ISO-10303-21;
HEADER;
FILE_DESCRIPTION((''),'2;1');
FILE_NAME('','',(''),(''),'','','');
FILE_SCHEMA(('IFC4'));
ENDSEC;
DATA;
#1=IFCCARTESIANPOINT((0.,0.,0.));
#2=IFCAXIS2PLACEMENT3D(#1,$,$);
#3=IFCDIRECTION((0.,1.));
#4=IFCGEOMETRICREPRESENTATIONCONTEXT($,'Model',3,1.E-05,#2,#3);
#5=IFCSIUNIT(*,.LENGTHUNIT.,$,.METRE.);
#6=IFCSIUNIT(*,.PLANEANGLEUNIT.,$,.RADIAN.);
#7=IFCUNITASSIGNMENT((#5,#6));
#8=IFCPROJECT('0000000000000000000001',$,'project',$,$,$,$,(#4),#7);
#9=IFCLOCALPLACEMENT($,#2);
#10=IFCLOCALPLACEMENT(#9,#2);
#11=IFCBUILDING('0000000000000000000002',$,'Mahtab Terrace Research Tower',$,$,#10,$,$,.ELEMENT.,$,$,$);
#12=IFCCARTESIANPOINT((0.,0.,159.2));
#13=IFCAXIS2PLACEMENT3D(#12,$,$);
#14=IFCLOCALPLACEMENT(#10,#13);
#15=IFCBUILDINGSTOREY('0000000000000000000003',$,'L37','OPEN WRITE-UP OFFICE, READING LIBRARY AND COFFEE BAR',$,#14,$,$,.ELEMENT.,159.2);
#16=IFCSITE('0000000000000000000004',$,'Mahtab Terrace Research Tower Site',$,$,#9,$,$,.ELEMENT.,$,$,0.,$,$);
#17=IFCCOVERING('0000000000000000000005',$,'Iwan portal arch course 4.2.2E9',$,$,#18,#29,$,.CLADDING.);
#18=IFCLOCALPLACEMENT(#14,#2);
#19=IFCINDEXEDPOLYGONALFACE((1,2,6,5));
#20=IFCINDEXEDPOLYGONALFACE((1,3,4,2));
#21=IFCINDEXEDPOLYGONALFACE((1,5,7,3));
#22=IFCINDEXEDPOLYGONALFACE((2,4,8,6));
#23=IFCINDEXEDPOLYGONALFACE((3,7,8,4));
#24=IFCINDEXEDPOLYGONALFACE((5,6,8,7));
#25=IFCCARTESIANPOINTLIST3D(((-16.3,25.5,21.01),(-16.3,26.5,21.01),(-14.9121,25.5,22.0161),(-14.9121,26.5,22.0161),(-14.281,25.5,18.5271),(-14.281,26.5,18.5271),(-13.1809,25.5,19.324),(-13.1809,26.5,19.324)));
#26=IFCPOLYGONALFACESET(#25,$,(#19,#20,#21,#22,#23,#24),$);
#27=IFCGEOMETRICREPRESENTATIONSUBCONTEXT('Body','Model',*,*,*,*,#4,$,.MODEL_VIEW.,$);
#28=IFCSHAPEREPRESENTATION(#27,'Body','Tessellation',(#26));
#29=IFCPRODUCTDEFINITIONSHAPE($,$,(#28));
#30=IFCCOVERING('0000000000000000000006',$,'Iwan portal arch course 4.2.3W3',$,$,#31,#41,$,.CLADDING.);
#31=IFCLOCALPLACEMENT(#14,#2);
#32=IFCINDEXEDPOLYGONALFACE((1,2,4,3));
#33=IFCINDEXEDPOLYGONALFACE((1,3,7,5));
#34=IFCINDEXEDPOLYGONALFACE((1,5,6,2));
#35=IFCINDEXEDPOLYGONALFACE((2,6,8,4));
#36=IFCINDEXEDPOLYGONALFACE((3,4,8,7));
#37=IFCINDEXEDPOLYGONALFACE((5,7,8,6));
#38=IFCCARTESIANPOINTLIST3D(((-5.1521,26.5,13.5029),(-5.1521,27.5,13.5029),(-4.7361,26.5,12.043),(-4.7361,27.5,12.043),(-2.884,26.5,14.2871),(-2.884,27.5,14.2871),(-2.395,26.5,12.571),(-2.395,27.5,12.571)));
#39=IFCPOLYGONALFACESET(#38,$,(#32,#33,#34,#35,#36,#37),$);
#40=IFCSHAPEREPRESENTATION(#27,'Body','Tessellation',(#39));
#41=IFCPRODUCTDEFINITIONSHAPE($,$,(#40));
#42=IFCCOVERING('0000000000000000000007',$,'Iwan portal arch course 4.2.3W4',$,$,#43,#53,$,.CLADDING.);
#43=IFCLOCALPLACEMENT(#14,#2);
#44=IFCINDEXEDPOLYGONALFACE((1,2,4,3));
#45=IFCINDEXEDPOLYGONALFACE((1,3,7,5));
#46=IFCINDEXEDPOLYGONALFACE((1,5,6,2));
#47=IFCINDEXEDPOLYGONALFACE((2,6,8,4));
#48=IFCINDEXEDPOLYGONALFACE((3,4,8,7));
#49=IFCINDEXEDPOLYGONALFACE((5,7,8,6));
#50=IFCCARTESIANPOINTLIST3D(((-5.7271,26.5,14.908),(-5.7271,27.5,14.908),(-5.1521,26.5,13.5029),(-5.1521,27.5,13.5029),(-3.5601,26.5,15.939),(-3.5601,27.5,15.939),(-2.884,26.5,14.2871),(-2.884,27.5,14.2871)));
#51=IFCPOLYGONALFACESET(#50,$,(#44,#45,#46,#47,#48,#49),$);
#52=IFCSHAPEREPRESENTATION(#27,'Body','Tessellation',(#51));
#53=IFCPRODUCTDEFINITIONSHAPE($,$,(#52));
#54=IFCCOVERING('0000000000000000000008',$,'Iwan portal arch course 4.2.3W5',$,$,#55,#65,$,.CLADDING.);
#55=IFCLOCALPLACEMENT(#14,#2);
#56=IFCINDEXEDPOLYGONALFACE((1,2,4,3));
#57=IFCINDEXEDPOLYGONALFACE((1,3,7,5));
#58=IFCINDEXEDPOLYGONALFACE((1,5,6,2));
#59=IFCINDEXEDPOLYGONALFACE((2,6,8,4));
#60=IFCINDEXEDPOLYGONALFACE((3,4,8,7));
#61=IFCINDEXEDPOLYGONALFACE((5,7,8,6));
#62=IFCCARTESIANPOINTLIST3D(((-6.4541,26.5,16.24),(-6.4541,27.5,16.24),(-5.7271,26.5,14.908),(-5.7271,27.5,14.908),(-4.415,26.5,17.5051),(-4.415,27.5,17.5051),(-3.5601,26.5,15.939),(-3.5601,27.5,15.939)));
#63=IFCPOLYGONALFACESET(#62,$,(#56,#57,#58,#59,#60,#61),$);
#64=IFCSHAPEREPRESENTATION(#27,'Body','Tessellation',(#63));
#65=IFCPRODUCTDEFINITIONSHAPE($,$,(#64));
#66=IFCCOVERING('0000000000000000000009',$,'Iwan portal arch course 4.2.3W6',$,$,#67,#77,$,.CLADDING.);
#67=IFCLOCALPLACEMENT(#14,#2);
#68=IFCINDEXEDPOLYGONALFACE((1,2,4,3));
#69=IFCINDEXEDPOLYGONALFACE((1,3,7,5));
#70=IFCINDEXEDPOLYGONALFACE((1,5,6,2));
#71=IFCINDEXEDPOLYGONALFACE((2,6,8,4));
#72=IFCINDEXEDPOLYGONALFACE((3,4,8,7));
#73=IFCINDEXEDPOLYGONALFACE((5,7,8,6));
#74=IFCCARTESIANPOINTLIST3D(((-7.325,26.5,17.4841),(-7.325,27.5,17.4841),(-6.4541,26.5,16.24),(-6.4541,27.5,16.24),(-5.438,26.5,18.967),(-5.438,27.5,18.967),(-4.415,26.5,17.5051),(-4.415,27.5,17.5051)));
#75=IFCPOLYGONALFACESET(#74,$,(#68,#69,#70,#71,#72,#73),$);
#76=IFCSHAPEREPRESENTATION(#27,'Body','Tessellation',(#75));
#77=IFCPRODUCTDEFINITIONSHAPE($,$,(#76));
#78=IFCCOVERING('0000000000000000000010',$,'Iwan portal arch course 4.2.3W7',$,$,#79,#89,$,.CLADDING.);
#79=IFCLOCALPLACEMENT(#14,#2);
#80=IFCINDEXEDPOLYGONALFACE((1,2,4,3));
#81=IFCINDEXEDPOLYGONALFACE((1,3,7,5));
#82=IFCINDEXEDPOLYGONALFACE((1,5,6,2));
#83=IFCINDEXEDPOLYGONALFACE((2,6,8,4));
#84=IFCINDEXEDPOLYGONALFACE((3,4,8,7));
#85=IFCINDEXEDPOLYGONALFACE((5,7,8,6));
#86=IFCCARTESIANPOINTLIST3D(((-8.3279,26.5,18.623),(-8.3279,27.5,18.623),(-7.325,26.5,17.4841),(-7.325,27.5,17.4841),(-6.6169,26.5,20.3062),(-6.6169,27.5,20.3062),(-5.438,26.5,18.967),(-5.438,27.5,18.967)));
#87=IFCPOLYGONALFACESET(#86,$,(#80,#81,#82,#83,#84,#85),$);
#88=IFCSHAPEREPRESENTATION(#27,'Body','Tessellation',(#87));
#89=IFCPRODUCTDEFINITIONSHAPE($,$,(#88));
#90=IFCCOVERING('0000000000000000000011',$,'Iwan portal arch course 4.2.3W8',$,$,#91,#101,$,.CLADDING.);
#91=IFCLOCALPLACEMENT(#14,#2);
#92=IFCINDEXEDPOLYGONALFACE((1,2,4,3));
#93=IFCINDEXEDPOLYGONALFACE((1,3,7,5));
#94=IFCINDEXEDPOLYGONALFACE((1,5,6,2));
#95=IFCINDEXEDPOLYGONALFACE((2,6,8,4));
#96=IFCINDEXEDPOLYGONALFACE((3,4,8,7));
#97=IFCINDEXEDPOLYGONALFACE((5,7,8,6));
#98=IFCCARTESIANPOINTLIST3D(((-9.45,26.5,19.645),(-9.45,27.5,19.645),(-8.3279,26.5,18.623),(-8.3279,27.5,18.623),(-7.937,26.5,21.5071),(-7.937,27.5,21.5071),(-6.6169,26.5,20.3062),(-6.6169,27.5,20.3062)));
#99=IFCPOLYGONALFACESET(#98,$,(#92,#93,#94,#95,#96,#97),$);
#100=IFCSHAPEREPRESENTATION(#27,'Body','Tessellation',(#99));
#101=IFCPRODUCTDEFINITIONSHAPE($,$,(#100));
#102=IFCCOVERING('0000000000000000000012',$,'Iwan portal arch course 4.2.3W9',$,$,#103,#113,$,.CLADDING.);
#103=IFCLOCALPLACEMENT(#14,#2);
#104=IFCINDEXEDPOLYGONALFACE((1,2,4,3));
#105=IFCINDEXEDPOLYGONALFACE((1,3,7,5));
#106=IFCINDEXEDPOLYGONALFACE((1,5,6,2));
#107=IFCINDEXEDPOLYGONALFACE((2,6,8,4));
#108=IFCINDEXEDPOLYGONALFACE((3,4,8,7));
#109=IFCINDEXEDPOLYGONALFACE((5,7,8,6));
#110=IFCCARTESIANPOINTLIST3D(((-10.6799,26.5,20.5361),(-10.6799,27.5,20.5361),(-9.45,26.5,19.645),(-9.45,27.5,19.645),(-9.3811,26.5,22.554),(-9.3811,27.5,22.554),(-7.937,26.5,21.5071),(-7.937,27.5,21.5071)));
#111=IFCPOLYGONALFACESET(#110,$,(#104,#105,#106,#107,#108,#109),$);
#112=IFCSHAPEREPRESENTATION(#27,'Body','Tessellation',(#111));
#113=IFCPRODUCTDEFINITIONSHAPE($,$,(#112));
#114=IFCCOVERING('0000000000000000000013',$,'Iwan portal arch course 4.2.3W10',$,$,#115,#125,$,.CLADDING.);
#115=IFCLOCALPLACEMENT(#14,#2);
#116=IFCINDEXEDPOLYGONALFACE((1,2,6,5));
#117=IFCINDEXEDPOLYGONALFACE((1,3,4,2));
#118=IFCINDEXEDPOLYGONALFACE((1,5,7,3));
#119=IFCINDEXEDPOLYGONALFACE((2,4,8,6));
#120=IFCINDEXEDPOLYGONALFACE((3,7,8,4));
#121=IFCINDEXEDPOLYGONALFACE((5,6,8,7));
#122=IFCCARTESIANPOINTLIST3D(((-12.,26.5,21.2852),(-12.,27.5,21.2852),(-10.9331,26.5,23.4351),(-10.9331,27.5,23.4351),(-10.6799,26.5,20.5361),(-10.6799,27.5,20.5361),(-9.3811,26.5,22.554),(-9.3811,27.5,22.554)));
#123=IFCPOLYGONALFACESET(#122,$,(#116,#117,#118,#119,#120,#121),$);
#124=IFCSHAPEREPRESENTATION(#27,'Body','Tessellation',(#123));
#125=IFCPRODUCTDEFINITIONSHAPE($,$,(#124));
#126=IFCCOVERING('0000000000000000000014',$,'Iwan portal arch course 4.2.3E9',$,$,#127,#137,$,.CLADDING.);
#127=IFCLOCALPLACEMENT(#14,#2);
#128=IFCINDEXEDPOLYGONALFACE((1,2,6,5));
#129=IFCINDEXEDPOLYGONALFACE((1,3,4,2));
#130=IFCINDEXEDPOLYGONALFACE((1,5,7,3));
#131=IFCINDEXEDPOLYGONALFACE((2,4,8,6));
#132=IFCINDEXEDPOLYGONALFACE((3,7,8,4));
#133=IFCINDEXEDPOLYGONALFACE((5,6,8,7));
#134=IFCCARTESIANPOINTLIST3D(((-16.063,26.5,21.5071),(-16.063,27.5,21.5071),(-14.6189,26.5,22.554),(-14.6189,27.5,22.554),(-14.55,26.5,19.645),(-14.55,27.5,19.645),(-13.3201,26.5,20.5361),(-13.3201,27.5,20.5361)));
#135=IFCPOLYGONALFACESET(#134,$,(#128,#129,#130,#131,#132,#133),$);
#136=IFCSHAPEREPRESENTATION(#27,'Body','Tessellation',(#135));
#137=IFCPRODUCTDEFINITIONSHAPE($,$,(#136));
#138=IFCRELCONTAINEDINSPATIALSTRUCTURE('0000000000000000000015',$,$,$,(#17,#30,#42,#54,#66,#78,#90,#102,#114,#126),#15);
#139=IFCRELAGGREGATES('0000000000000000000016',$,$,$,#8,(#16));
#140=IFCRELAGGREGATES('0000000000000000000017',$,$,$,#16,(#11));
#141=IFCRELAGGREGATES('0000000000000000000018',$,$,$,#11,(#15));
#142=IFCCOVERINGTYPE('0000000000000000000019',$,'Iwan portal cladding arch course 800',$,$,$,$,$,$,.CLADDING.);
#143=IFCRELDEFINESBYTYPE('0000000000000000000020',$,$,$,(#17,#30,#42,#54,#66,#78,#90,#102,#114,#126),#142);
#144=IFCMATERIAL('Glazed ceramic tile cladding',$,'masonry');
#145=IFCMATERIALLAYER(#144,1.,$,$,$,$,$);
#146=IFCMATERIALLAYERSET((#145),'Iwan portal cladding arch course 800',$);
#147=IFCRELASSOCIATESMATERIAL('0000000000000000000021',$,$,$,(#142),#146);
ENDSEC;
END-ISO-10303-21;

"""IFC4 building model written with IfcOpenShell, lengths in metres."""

from ifc_helpers import new_model, si_unit, direction, frame, origin, place, context, subcontext, project, spatial, polyline, outline, extrude, material, layer, layer_set, type_object, element, save


model = new_model("IFC4")

# Units and contexts
model_context = context("Model", 3, precision=1e-05, world=origin(), true_north=direction((0.0, 1.0)))
body_context = subcontext(model_context, "Body", "Model", "MODEL_VIEW")
ifc_project = project(units=[si_unit("LENGTHUNIT", "METRE"), si_unit("PLANEANGLEUNIT", "RADIAN")], contexts=[model_context])

# Site, building, storey
site_placement = place(None, origin())
site = spatial("IfcSite", under=ifc_project, at=site_placement, Name="Mahtab Terrace Research Tower Site", CompositionType="ELEMENT", RefElevation=0.0)
building_placement = place(site_placement, origin())
building = spatial("IfcBuilding", under=site, at=building_placement, Name="Mahtab Terrace Research Tower", CompositionType="ELEMENT")
storey_placement = place(building_placement, frame((0.0, 0.0, 159.2)))
storey = spatial("IfcBuildingStorey", under=building, at=storey_placement, Name="L37", Description="OPEN WRITE-UP OFFICE, READING LIBRARY AND COFFEE BAR", CompositionType="ELEMENT", Elevation=159.2)

# Coverings
ifc_material = material(Name="Glazed ceramic tile cladding", Category="masonry")
ifc_layer = layer(ifc_material, 1.0)
ifc_layer_set = layer_set([ifc_layer], Name="Iwan portal cladding arch course 800")
covering_type = type_object("IfcCoveringType", Name="Iwan portal cladding arch course 800", PredefinedType="CLADDING", material=ifc_layer_set)
covering_1_placement = place(storey_placement, frame((-14.281, 25.5, 18.5271), z_axis=(0.0, -1.0, 0.0), x_axis=(0.809854, 0.0, 0.586632)))
element("IfcCovering", 1, at=covering_1_placement, inside=storey, type_object=covering_type, Name="Iwan portal arch course 4.2.2E9", PredefinedType="CLADDING", context=body_context, shape_type="SweptSolid", body=[
    extrude(outline(polyline([(0.0, 0.0), (1.3584, 0.0), (1.5357, 3.1958), (-0.1786, 3.1952), (0.0, 0.0)])), origin(), (0.0, 0.0, -1.0), 1.0),
])
covering_2_placement = place(storey_placement, frame((-2.395, 26.5, 12.571), z_axis=(0.0, -1.0, 0.0), x_axis=(-0.274052, 0.0, 0.961715)))
element("IfcCovering", 2, at=covering_2_placement, inside=storey, type_object=covering_type, Name="Iwan portal arch course 4.2.3W3", PredefinedType="CLADDING", context=body_context, shape_type="SweptSolid", body=[
    extrude(outline(polyline([(0.0, 0.0), (1.7844, 0.0), (1.6518, 2.3961), (0.1337, 2.3962), (0.0, 0.0)])), origin(), (0.0, 0.0, -1.0), 1.0),
])
covering_3_placement = place(storey_placement, frame((-2.884, 26.5, 14.2871), z_axis=(0.0, -1.0, 0.0), x_axis=(-0.378761, 0.0, 0.925495)))
element("IfcCovering", 3, at=covering_3_placement, inside=storey, type_object=covering_type, Name="Iwan portal arch course 4.2.3W4", PredefinedType="CLADDING", context=body_context, shape_type="SweptSolid", body=[
    extrude(outline(polyline([(0.0, 0.0), (1.7848, 0.0), (1.6514, 2.396), (0.1333, 2.3961), (0.0, 0.0)])), origin(), (0.0, 0.0, -1.0), 1.0),
])
covering_4_placement = place(storey_placement, frame((-3.5601, 26.5, 15.939), z_axis=(0.0, -1.0, 0.0), x_axis=(-0.479159, 0.0, 0.877728)))
element("IfcCovering", 4, at=covering_4_placement, inside=storey, type_object=covering_type, Name="Iwan portal arch course 4.2.3W5", PredefinedType="CLADDING", context=body_context, shape_type="SweptSolid", body=[
    extrude(outline(polyline([(0.0, 0.0), (1.7843, 0.0), (1.6509, 2.3959), (0.1334, 2.396), (0.0, 0.0)])), origin(), (0.0, 0.0, -1.0), 1.0),
])
covering_5_placement = place(storey_placement, frame((-4.415, 26.5, 17.5051), z_axis=(0.0, -1.0, 0.0), x_axis=(-0.573315, 0.0, 0.819335)))
element("IfcCovering", 5, at=covering_5_placement, inside=storey, type_object=covering_type, Name="Iwan portal arch course 4.2.3W6", PredefinedType="CLADDING", context=body_context, shape_type="SweptSolid", body=[
    extrude(outline(polyline([(0.0, 0.0), (1.7843, 0.0), (1.6511, 2.3962), (0.1325, 2.396), (0.0, 0.0)])), origin(), (0.0, 0.0, -1.0), 1.0),
])
covering_6_placement = place(storey_placement, frame((-5.438, 26.5, 18.967), z_axis=(0.0, -1.0, 0.0), x_axis=(-0.660798, 0.0, 0.750564)))
element("IfcCovering", 6, at=covering_6_placement, inside=storey, type_object=covering_type, Name="Iwan portal arch course 4.2.3W7", PredefinedType="CLADDING", context=body_context, shape_type="SweptSolid", body=[
    extrude(outline(polyline([(0.0, 0.0), (1.7841, 0.0), (1.6514, 2.3964), (0.1339, 2.3962), (0.0, 0.0)])), origin(), (0.0, 0.0, -1.0), 1.0),
])
covering_7_placement = place(storey_placement, frame((-6.6169, 26.5, 20.3062), z_axis=(0.0, -1.0, 0.0), x_axis=(-0.739699, 0.0, 0.672938)))
element("IfcCovering", 7, at=covering_7_placement, inside=storey, type_object=covering_type, Name="Iwan portal arch course 4.2.3W8", PredefinedType="CLADDING", context=body_context, shape_type="SweptSolid", body=[
    extrude(outline(polyline([(0.0, 0.0), (1.7846, 0.0), (1.6507, 2.3955), (0.133, 2.3963), (0.0, 0.0)])), origin(), (0.0, 0.0, -1.0), 1.0),
])
covering_8_placement = place(storey_placement, frame((-7.937, 26.5, 21.5071), z_axis=(0.0, -1.0, 0.0), x_axis=(-0.809635, 0.0, 0.586934)))
element("IfcCovering", 8, at=covering_8_placement, inside=storey, type_object=covering_type, Name="Iwan portal arch course 4.2.3W9", PredefinedType="CLADDING", context=body_context, shape_type="SweptSolid", body=[
    extrude(outline(polyline([(0.0, 0.0), (1.7836, 0.0), (1.6509, 2.396), (0.132, 2.3956), (0.0, 0.0)])), origin(), (0.0, 0.0, -1.0), 1.0),
])
covering_9_placement = place(storey_placement, frame((-9.3811, 26.5, 22.554), z_axis=(0.0, -1.0, 0.0), x_axis=(-0.869629, 0.0, 0.493706)))
element("IfcCovering", 9, at=covering_9_placement, inside=storey, type_object=covering_type, Name="Iwan portal arch course 4.2.3W10", PredefinedType="CLADDING", context=body_context, shape_type="SweptSolid", body=[
    extrude(outline(polyline([(0.0, 0.0), (1.7847, 0.0), (1.6511, 2.3963), (0.1333, 2.396), (0.0, 0.0)])), origin(), (0.0, 0.0, -1.0), 1.0),
])
covering_10_placement = place(storey_placement, frame((-14.55, 26.5, 19.645), z_axis=(0.0, -1.0, 0.0), x_axis=(0.809805, 0.0, 0.586699)))
element("IfcCovering", 10, at=covering_10_placement, inside=storey, type_object=covering_type, Name="Iwan portal arch course 4.2.3E9", PredefinedType="CLADDING", context=body_context, shape_type="SweptSolid", body=[
    extrude(outline(polyline([(0.0, 0.0), (1.5189, 0.0), (1.6509, 2.3961), (-0.1327, 2.3955), (0.0, 0.0)])), origin(), (0.0, 0.0, -1.0), 1.0),
])

save(model, "model.ifc")
